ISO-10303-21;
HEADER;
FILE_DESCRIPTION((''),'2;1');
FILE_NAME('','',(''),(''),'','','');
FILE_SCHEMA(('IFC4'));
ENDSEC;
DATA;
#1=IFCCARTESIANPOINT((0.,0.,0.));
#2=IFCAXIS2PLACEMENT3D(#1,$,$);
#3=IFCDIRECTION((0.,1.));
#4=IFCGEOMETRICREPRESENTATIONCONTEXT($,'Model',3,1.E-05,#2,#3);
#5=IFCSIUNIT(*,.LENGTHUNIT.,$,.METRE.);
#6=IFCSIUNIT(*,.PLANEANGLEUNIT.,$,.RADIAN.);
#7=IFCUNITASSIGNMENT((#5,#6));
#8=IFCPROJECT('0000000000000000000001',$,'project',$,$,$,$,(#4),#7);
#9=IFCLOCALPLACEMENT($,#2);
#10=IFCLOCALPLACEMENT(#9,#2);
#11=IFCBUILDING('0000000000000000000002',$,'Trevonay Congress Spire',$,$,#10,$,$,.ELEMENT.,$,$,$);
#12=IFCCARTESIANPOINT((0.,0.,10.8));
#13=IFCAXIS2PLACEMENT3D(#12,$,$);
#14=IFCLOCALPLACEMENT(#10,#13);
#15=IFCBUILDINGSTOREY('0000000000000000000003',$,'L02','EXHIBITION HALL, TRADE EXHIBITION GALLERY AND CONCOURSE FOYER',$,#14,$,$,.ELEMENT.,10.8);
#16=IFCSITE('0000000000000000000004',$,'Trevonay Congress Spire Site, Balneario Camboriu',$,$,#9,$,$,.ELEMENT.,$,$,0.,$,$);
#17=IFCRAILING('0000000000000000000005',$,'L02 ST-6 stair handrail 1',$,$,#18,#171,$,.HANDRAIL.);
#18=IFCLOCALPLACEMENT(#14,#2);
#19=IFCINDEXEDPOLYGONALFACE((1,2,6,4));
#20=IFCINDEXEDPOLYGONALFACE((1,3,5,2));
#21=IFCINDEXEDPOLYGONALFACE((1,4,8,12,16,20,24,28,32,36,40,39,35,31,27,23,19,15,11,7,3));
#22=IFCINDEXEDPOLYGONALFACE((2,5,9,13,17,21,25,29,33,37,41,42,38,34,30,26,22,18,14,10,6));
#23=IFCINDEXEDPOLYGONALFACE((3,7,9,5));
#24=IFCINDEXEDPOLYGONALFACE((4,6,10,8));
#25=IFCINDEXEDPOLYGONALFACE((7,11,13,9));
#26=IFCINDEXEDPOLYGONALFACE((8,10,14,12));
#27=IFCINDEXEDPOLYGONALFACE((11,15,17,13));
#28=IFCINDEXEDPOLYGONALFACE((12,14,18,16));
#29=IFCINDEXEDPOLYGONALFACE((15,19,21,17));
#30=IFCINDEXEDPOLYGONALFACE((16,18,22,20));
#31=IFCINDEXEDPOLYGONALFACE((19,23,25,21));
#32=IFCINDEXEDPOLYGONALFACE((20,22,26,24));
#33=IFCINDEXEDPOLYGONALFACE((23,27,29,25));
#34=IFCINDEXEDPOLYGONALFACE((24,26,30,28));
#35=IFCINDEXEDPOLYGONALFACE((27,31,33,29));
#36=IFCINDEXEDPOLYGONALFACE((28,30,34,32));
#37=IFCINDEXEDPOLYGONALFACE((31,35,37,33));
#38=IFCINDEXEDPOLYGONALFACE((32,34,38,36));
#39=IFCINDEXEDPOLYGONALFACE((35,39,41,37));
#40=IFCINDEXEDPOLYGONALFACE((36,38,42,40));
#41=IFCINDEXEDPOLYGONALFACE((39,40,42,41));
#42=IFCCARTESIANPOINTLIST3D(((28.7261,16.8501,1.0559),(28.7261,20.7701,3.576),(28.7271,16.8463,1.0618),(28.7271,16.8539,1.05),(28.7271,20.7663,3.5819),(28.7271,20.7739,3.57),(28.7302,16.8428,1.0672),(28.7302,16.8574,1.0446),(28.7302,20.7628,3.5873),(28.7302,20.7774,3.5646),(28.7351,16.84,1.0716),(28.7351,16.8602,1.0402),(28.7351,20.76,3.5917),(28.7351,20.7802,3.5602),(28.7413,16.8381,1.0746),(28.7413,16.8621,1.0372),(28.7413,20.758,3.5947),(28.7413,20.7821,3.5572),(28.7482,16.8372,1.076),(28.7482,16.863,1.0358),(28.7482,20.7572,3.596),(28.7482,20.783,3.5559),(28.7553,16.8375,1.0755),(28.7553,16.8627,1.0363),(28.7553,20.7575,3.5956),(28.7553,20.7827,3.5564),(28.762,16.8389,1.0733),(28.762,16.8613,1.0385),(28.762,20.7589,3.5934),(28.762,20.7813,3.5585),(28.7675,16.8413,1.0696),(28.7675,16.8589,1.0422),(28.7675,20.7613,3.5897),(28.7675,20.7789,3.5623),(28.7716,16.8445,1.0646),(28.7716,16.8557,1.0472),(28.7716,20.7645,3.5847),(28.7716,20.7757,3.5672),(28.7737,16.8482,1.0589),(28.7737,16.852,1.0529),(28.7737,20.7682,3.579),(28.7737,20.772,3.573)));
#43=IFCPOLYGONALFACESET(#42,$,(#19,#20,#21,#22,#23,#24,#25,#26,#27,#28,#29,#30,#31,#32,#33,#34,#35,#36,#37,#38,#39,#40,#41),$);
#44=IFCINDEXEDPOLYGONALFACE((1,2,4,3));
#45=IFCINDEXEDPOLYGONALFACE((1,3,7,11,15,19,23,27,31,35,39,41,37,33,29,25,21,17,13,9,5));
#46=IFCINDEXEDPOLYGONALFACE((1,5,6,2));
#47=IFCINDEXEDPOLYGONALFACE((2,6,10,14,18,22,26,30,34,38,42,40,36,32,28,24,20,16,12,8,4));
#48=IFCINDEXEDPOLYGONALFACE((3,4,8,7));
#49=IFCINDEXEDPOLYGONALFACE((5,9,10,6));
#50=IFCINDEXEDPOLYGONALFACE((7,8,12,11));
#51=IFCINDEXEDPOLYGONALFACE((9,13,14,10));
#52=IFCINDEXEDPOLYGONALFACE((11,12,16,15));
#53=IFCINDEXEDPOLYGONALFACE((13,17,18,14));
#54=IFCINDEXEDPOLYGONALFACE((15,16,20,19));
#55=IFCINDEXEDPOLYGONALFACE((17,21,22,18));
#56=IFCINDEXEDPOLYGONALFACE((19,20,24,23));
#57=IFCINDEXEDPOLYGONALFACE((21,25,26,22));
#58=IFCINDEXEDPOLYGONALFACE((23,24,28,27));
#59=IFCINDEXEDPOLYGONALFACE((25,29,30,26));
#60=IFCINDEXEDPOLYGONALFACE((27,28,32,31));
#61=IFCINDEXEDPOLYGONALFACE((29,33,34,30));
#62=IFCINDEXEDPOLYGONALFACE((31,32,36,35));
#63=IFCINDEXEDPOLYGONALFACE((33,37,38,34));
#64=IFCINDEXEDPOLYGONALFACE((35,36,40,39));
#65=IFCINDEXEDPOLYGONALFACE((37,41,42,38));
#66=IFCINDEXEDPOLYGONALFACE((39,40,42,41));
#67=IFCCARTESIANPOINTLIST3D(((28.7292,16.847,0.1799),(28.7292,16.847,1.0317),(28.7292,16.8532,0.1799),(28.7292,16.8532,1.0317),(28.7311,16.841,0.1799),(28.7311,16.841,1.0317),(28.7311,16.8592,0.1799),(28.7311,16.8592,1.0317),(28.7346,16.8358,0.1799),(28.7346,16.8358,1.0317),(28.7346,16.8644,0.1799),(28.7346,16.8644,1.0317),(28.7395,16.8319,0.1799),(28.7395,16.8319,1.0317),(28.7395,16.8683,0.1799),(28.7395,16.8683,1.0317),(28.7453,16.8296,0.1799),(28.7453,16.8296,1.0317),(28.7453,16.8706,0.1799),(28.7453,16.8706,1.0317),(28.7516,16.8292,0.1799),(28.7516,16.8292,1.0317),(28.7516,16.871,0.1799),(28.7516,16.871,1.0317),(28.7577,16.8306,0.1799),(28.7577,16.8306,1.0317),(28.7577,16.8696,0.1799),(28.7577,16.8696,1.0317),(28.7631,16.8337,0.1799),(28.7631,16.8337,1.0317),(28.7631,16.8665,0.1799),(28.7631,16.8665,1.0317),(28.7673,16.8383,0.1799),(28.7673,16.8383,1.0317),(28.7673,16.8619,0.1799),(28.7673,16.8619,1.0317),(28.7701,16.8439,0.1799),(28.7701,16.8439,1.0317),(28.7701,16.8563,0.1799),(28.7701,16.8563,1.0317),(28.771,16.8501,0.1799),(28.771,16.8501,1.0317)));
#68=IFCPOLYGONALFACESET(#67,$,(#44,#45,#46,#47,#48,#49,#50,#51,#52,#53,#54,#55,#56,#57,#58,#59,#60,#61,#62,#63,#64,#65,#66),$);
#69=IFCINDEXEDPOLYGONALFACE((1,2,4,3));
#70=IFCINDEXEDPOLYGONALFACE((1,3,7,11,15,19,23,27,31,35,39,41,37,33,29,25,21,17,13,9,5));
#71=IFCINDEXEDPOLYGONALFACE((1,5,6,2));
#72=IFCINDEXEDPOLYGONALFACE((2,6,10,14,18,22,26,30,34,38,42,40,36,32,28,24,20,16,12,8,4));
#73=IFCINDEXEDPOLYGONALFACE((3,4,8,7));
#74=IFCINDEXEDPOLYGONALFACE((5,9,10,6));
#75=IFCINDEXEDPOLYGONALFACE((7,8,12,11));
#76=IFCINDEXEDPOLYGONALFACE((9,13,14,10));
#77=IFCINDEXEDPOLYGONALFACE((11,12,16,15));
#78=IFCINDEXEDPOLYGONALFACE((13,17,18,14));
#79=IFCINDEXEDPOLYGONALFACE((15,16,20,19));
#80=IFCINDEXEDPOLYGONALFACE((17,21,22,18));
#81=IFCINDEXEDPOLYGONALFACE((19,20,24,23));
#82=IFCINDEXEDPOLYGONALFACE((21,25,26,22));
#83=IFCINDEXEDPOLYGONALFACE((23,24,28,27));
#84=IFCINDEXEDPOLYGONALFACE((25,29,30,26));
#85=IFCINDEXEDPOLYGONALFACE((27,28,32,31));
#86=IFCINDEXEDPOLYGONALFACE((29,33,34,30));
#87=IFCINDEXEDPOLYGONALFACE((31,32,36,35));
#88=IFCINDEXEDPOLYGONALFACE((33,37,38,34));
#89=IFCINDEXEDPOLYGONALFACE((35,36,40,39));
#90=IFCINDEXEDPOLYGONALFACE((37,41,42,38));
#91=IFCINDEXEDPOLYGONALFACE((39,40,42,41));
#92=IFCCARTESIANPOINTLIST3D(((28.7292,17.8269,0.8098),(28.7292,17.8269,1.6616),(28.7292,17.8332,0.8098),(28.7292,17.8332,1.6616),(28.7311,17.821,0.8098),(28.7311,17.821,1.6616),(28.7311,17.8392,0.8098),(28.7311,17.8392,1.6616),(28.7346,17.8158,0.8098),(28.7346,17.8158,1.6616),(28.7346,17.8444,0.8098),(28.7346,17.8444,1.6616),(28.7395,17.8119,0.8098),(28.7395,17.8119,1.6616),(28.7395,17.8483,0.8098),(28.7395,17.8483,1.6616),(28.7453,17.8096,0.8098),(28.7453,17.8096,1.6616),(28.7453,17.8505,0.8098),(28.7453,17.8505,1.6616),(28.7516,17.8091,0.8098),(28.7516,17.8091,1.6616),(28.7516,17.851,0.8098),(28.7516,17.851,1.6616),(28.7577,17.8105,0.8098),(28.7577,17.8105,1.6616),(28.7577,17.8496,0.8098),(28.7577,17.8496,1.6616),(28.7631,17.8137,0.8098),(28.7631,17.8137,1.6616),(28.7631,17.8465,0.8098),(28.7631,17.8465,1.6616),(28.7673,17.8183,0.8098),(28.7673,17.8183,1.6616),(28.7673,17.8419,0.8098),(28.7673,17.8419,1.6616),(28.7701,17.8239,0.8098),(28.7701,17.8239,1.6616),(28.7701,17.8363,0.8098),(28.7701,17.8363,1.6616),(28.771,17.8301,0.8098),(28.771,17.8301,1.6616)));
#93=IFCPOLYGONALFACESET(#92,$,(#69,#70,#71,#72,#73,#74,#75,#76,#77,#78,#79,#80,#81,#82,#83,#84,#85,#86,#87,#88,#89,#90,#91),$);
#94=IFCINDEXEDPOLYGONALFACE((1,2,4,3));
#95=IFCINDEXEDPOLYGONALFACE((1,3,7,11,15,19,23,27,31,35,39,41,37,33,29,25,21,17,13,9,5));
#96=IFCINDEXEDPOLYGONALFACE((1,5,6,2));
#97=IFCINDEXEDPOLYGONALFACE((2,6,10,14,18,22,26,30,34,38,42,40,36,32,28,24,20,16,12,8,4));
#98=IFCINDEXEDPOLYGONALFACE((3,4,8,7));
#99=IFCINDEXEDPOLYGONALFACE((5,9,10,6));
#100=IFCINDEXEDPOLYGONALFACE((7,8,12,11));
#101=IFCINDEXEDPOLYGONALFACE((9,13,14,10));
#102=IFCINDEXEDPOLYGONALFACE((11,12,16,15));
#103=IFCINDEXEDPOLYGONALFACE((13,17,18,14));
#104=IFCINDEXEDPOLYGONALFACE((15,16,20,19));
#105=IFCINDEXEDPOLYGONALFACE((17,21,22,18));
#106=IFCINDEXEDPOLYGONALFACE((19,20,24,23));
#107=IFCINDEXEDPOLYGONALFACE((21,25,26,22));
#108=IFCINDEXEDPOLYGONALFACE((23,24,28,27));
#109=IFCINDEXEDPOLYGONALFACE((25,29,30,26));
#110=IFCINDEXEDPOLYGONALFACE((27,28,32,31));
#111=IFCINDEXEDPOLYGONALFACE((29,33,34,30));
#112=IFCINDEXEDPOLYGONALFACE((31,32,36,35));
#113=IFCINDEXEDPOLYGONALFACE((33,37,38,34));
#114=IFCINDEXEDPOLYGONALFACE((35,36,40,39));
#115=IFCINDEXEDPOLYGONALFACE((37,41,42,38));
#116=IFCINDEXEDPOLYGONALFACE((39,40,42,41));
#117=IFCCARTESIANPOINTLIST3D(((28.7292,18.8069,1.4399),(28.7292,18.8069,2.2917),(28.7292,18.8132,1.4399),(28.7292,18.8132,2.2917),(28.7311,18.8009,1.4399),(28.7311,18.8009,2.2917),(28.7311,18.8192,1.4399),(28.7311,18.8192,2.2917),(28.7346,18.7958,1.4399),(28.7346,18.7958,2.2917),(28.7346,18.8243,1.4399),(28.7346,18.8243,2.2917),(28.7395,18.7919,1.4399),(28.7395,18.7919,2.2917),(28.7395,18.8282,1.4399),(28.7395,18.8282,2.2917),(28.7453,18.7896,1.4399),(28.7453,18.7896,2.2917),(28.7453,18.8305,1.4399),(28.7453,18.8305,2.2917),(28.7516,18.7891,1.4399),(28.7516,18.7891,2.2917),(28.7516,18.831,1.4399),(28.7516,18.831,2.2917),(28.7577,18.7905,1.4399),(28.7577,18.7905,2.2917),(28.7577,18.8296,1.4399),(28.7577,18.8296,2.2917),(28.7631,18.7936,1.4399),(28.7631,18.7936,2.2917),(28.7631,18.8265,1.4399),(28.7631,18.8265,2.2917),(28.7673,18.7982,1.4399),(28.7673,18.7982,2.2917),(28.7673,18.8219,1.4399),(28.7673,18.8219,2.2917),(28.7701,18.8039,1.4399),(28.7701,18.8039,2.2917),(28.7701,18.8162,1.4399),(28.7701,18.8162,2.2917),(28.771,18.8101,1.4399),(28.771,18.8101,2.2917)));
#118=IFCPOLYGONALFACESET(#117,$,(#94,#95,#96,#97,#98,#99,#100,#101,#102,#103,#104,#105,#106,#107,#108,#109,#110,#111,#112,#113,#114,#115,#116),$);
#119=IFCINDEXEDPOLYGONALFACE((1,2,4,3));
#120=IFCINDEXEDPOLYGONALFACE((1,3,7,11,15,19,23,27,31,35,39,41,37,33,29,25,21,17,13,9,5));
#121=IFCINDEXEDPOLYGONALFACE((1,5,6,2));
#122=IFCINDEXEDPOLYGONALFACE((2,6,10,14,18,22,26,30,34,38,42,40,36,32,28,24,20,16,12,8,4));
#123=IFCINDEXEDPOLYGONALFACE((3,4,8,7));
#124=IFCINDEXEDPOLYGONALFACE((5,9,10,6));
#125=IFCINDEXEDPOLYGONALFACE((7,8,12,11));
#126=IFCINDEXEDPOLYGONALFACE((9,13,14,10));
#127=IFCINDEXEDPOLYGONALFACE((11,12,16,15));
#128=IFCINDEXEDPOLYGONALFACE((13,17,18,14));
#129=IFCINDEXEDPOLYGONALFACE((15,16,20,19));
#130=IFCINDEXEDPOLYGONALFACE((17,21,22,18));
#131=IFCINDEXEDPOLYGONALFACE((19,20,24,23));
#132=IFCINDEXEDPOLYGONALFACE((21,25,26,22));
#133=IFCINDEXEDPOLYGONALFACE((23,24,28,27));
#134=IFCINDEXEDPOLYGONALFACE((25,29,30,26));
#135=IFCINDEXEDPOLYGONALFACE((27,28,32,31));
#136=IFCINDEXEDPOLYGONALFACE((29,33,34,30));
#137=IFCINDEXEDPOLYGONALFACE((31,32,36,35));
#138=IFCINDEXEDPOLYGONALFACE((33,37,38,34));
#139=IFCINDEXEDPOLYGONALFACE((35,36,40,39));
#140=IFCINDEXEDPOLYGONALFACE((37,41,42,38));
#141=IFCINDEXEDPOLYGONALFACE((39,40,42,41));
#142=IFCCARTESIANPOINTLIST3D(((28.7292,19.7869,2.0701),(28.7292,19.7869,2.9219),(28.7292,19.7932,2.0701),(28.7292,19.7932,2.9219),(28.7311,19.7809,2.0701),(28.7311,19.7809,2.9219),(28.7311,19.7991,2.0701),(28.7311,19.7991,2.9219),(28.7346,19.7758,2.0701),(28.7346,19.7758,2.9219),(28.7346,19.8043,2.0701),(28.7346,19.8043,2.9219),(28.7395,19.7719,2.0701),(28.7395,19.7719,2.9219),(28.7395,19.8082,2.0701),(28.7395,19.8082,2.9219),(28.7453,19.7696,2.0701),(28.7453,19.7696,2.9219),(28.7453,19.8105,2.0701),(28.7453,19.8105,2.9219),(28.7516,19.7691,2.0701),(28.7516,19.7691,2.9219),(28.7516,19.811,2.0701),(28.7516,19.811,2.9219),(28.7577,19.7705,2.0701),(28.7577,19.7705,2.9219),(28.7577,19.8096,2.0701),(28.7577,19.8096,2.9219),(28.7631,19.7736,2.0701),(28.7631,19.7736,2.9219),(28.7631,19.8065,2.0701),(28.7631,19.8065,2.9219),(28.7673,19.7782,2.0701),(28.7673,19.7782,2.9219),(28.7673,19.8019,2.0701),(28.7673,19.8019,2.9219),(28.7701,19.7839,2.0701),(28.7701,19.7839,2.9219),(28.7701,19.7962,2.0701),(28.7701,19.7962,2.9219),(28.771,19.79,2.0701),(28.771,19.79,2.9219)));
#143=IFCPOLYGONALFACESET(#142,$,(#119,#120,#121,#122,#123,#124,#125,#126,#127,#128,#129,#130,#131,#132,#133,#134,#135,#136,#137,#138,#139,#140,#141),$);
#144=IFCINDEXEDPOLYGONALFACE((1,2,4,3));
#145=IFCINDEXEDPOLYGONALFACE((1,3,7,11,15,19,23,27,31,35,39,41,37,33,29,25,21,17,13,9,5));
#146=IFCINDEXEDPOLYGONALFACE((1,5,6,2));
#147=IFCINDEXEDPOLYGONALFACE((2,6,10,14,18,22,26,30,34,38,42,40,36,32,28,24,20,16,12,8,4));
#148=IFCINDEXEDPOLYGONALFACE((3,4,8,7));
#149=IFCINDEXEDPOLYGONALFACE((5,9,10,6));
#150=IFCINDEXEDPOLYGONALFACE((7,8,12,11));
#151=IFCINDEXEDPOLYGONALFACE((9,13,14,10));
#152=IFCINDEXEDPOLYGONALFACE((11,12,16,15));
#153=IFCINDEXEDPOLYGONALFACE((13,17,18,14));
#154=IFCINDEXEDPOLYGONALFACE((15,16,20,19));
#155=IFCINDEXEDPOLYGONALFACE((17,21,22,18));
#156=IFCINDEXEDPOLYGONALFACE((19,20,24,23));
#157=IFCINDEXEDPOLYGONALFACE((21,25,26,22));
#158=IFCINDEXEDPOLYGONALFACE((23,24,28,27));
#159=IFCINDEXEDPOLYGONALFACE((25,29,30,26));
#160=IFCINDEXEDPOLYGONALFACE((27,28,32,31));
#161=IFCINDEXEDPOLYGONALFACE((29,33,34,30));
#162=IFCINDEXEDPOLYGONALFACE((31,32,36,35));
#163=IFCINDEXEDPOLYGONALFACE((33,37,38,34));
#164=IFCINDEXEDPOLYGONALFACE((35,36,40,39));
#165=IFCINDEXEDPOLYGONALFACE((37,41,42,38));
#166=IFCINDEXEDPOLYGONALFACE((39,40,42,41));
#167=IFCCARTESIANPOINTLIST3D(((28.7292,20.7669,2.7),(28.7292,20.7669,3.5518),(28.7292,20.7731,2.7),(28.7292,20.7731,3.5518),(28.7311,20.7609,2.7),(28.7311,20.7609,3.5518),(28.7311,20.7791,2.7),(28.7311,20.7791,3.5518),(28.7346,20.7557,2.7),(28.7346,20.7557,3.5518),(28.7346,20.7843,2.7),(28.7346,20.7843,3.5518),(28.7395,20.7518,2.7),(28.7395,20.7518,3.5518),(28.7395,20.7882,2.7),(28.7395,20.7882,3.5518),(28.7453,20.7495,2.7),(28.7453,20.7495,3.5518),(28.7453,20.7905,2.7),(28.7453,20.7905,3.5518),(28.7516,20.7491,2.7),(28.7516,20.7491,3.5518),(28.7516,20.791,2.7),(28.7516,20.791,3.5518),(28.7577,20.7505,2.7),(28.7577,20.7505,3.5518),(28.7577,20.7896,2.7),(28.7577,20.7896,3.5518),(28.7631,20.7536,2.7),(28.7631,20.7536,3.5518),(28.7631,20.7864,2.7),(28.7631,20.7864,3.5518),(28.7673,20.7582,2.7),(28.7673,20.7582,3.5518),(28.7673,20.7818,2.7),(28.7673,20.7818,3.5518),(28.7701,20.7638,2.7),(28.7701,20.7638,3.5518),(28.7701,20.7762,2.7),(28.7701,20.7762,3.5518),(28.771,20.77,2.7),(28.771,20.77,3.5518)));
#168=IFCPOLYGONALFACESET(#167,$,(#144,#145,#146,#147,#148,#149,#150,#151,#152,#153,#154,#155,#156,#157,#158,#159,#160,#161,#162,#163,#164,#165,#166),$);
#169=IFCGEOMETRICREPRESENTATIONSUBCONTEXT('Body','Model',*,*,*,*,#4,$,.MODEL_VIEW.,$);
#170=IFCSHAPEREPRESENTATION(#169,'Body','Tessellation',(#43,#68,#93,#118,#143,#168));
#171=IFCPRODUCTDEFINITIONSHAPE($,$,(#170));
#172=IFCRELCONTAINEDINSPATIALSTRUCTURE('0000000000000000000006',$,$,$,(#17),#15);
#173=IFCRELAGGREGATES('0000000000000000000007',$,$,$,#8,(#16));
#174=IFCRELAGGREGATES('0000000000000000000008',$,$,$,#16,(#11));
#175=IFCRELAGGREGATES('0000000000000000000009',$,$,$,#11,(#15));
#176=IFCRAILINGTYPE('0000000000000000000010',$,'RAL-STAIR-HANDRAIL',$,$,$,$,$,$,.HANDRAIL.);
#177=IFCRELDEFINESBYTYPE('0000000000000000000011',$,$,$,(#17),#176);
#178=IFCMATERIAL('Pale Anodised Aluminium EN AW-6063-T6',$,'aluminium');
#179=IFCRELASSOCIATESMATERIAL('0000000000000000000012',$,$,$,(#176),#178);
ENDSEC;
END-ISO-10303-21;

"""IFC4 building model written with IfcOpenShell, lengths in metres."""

from ifc_helpers import new_model, si_unit, direction, frame, origin, origin_2d, place, context, subcontext, project, spatial, circle, extrude, material, type_object, element, save


model = new_model("IFC4")

# Units and contexts
model_context = context("Model", 3, precision=1e-05, world=origin(), true_north=direction((0.0, 1.0)))
body_context = subcontext(model_context, "Body", "Model", "MODEL_VIEW")
ifc_project = project(units=[si_unit("LENGTHUNIT", "METRE"), si_unit("PLANEANGLEUNIT", "RADIAN")], contexts=[model_context])

# Site, building, storey
site_placement = place(None, origin())
site = spatial("IfcSite", under=ifc_project, at=site_placement, Name="Trevonay Congress Spire Site, Balneario Camboriu", CompositionType="ELEMENT", RefElevation=0.0)
building_placement = place(site_placement, origin())
building = spatial("IfcBuilding", under=site, at=building_placement, Name="Trevonay Congress Spire", CompositionType="ELEMENT")
storey_placement = place(building_placement, frame((0.0, 0.0, 10.8)))
storey = spatial("IfcBuildingStorey", under=building, at=storey_placement, Name="L02", Description="EXHIBITION HALL, TRADE EXHIBITION GALLERY AND CONCOURSE FOYER", CompositionType="ELEMENT", Elevation=10.8)

# Shared definitions
ifc_material_1 = material(Name="Pale Anodised Aluminium EN AW-6063-T6", Category="aluminium")

# Railing
railing_type_1 = type_object("IfcRailingType", Name="RAL-STAIR-HANDRAIL", PredefinedType="HANDRAIL", material=ifc_material_1)
railing_1_placement = place(storey_placement, frame((28.75, 16.8501, 0.1799)))
element("IfcRailing", 1, at=railing_1_placement, inside=storey, type_object=railing_type_1, Name="L02 ST-6 stair handrail 1", PredefinedType="HANDRAIL", context=body_context, shape_type="SweptSolid", body=[
    extrude(circle(Radius=0.0239, at=origin_2d()), frame((0.0, 0.0, 0.876), z_axis=(0.0, 0.841172, 0.540768), x_axis=(-1.0, 0.0, 0.0)), (0.0, 0.0, 1.0), 4.6602),
    extrude(circle(Radius=0.021, at=origin_2d()), origin(), (0.0, 0.0, 1.0), 0.8518),
    extrude(circle(Radius=0.021, at=origin_2d()), frame((0.0, 0.98, 0.6299)), (0.0, 0.0, 1.0), 0.8518),
    extrude(circle(Radius=0.021, at=origin_2d()), frame((0.0, 1.96, 1.26)), (0.0, 0.0, 1.0), 0.8518),
    extrude(circle(Radius=0.021, at=origin_2d()), frame((0.0, 2.9399, 1.8901)), (0.0, 0.0, 1.0), 0.8518),
    extrude(circle(Radius=0.021, at=origin_2d()), frame((0.0, 3.9199, 2.52)), (0.0, 0.0, 1.0), 0.8518),
])

save(model, "model.ifc")
